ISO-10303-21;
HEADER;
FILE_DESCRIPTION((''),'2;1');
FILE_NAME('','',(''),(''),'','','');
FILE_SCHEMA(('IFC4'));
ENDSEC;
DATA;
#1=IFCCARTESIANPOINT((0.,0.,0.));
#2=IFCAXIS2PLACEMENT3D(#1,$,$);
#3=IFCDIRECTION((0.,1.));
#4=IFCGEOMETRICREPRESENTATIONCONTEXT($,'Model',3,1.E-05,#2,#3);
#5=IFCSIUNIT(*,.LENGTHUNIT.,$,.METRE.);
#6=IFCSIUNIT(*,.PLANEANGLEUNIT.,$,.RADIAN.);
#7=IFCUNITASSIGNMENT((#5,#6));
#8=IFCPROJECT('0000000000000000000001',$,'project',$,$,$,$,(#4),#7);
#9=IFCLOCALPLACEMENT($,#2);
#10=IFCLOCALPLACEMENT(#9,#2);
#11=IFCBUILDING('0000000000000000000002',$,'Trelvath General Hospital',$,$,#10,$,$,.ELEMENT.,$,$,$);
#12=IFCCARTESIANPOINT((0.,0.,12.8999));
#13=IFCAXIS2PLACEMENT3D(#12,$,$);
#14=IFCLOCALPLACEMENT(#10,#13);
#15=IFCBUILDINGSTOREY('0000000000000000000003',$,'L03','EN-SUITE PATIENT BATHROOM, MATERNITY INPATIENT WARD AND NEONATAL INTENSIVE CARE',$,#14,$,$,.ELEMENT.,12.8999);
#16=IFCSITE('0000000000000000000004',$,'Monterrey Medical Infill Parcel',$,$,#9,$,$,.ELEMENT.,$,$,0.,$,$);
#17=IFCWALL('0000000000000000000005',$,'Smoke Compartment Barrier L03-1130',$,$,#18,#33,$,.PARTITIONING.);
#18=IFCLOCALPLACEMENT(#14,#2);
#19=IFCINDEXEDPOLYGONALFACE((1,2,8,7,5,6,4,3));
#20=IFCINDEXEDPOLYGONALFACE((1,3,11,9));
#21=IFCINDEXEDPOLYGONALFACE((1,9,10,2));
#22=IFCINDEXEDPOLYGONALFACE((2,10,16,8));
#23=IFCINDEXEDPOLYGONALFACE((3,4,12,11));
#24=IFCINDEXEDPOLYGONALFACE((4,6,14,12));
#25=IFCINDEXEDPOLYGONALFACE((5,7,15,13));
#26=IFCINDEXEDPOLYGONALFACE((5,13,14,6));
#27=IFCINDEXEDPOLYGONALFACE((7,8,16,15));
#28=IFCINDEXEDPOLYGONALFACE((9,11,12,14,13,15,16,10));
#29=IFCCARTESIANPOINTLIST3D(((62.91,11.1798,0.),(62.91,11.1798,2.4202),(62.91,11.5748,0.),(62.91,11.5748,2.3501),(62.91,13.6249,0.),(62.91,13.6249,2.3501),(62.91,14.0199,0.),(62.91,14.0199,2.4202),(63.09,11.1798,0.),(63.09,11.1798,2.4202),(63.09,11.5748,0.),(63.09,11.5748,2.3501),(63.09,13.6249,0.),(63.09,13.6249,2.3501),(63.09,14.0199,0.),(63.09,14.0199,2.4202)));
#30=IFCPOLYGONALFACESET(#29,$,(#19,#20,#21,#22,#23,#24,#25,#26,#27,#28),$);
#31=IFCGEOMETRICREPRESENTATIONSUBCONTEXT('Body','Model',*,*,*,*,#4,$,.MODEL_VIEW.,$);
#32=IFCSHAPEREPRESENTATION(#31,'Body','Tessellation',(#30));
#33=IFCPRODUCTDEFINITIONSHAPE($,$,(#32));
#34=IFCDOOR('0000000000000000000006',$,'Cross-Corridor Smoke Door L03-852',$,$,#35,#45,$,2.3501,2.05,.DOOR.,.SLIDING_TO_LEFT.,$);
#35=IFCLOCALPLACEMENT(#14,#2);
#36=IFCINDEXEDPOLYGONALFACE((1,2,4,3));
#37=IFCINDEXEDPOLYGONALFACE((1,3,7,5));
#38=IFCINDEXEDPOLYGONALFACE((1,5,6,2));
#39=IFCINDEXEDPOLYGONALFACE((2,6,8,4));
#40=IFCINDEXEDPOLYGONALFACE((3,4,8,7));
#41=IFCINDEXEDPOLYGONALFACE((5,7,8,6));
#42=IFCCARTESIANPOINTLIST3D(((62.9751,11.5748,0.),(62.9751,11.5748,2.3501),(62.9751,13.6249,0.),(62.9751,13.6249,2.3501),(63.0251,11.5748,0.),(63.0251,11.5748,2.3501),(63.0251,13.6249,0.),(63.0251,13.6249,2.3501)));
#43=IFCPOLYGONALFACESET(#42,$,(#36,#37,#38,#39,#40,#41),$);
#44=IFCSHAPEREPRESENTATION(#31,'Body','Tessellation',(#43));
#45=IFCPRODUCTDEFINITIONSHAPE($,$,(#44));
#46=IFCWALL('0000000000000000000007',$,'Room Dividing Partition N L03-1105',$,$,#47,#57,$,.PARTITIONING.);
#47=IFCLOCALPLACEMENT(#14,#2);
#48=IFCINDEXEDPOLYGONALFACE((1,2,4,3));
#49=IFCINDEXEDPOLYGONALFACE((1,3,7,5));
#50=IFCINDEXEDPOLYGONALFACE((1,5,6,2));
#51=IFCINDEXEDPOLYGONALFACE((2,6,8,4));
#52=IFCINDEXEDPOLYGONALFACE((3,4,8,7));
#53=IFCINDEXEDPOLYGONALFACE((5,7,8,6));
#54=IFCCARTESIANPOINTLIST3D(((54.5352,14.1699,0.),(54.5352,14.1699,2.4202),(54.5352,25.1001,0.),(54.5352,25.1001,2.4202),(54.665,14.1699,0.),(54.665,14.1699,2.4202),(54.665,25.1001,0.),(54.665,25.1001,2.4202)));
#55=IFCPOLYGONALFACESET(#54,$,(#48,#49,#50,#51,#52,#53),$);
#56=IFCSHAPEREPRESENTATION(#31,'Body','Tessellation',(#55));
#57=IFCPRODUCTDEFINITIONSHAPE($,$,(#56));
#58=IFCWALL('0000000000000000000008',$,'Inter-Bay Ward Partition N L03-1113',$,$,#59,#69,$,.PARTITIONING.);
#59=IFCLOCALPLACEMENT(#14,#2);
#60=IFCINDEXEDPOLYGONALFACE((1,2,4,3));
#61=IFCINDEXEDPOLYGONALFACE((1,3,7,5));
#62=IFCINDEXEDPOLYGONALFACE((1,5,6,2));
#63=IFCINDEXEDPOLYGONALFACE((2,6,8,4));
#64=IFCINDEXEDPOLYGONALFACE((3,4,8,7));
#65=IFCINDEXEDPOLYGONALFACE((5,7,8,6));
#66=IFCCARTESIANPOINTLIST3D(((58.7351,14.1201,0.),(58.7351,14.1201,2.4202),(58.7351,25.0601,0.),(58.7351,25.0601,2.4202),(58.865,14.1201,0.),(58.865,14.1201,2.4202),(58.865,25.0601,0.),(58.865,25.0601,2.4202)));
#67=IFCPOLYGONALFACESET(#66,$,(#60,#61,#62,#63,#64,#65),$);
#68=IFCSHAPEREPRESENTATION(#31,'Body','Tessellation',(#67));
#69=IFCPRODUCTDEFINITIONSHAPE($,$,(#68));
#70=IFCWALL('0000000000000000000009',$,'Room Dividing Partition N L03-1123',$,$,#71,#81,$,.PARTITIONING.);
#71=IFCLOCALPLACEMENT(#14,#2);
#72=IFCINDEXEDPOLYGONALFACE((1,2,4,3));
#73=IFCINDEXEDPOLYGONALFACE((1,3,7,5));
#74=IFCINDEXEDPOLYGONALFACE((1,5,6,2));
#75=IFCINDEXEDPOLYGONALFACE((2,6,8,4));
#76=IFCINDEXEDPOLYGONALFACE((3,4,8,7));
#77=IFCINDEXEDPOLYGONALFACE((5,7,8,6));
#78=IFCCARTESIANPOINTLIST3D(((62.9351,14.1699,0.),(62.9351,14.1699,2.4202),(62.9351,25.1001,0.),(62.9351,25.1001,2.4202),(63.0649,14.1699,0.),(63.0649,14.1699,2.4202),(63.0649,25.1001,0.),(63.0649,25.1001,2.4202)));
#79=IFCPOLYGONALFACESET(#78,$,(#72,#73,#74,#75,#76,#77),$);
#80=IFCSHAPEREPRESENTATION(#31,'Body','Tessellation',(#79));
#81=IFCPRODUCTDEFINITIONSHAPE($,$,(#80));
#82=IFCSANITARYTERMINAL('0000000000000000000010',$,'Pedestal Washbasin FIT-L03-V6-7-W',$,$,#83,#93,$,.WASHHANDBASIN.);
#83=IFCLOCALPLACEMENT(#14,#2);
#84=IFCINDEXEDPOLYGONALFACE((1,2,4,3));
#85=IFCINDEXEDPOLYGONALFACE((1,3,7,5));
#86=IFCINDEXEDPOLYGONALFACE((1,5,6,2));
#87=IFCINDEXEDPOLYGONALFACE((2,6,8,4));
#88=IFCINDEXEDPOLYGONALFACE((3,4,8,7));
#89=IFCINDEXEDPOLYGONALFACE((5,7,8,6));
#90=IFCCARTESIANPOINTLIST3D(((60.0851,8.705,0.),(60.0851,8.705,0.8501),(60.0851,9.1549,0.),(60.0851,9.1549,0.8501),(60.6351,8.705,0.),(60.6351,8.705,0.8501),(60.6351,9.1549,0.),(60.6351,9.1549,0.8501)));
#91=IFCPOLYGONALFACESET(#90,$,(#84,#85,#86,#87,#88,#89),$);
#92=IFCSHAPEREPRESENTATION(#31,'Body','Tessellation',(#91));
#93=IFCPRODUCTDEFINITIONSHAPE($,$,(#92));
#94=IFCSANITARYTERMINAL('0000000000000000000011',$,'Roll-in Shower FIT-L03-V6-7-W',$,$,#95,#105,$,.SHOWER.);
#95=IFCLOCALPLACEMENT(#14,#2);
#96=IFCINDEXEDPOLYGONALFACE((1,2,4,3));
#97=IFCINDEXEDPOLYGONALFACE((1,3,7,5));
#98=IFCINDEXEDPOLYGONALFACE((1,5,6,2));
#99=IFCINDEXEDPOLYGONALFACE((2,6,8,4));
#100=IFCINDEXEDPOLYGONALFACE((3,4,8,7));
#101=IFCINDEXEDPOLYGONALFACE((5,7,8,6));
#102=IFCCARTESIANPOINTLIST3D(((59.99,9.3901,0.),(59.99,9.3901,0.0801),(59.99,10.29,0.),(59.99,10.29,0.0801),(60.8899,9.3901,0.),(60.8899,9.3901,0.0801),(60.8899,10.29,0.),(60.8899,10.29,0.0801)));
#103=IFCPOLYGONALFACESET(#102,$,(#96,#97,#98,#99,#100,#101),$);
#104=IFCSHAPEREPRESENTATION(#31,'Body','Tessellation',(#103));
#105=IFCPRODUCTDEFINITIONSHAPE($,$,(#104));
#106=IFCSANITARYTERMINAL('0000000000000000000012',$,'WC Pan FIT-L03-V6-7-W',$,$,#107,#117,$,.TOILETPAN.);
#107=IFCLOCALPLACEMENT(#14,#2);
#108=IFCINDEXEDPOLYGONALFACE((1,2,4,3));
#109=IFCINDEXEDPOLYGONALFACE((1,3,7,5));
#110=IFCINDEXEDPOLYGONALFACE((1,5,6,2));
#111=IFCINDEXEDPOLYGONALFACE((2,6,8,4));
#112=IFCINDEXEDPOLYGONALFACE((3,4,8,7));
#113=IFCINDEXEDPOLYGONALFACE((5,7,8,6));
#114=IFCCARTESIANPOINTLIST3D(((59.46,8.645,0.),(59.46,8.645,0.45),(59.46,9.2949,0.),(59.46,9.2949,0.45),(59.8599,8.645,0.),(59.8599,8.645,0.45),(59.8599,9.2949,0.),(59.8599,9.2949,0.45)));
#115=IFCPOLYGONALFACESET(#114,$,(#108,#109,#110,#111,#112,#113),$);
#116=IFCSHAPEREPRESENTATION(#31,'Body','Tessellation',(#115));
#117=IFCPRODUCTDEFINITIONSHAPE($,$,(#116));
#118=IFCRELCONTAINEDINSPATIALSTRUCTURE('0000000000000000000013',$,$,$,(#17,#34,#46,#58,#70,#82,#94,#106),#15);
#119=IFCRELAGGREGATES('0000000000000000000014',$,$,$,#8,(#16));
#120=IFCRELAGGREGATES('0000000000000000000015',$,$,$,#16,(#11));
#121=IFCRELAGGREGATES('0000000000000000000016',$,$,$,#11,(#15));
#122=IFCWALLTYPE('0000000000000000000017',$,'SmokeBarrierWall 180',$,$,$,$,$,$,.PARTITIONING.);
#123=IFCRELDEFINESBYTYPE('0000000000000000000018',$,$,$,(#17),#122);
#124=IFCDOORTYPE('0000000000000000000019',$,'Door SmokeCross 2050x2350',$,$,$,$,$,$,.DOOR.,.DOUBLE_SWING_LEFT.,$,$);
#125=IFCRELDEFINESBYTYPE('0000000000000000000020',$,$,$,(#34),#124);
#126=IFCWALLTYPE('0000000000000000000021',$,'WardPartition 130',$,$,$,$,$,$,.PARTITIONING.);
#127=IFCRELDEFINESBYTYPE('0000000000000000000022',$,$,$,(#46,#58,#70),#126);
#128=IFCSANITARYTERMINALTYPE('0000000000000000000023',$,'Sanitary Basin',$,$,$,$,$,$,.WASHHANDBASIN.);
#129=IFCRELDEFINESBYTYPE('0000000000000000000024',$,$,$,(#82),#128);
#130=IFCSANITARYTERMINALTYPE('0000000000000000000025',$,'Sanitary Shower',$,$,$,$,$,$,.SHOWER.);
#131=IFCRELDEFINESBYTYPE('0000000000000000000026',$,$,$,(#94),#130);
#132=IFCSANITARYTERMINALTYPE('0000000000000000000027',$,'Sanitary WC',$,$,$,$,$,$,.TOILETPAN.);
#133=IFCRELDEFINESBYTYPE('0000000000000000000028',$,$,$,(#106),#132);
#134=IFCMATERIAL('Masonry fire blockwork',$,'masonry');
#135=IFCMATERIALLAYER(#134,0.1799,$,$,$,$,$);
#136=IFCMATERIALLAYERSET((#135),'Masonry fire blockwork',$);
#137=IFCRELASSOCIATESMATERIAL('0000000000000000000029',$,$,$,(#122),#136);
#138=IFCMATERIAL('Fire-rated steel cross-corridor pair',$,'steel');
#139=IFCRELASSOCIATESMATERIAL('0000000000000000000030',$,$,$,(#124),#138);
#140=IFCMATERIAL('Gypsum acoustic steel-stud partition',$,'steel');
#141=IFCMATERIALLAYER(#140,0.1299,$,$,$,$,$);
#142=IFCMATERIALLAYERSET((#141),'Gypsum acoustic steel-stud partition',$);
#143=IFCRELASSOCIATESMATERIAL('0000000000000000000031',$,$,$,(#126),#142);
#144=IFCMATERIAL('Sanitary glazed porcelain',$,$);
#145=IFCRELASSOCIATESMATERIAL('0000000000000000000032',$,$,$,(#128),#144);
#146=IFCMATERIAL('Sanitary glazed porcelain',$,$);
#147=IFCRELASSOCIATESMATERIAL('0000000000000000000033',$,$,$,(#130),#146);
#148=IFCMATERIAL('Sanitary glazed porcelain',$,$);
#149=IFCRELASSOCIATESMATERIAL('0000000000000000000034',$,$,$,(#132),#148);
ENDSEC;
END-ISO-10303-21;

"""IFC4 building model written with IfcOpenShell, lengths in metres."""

from ifc_helpers import new_model, si_unit, direction, frame, frame_2d, origin, origin_2d, place, context, subcontext, project, spatial, rectangle, extrude, material, layer, layer_set, type_object, element, fill, save


model = new_model("IFC4")

# Units and contexts
model_context = context("Model", 3, precision=1e-05, world=origin(), true_north=direction((0.0, 1.0)))
body_context = subcontext(model_context, "Body", "Model", "MODEL_VIEW")
ifc_project = project(units=[si_unit("LENGTHUNIT", "METRE"), si_unit("PLANEANGLEUNIT", "RADIAN")], contexts=[model_context])

# Site, building, storey
site_placement = place(None, origin())
site = spatial("IfcSite", under=ifc_project, at=site_placement, Name="Monterrey Medical Infill Parcel", CompositionType="ELEMENT", RefElevation=0.0)
building_placement = place(site_placement, origin())
building = spatial("IfcBuilding", under=site, at=building_placement, Name="Trelvath General Hospital", CompositionType="ELEMENT")
storey_placement = place(building_placement, frame((0.0, 0.0, 12.8999)))
storey = spatial("IfcBuildingStorey", under=building, at=storey_placement, Name="L03", Description="EN-SUITE PATIENT BATHROOM, MATERNITY INPATIENT WARD AND NEONATAL INTENSIVE CARE", CompositionType="ELEMENT", Elevation=12.8999)

# Wall, opening, door
ifc_material_1 = material(Name="Masonry fire blockwork", Category="masonry")
ifc_layer_1 = layer(ifc_material_1, 0.1799)
ifc_layer_set_1 = layer_set([ifc_layer_1], Name="Masonry fire blockwork")
wall_type_1 = type_object("IfcWallType", Name="SmokeBarrierWall 180", PredefinedType="PARTITIONING", material=ifc_layer_set_1)
wall_1_placement = place(storey_placement, frame((63.0, 11.1799, 0.0), z_axis=(0.0, 0.0, 1.0), x_axis=(0.0, 1.0, 0.0)))
wall_1 = element("IfcWall", 1, at=wall_1_placement, inside=storey, type_object=wall_type_1, Name="Smoke Compartment Barrier L03-1130", PredefinedType="PARTITIONING", context=body_context, shape_type="SweptSolid", body=[
    extrude(rectangle(XDim=2.8401, YDim=0.1799, at=frame_2d((1.4199, 0.0))), origin(), (0.0, 0.0, 1.0), 2.4202),
])
opening_1_placement = place(wall_1_placement, frame((0.395, 0.0, 0.0)))
opening_1 = element("IfcOpeningElement", 2, at=opening_1_placement, cuts=wall_1, PredefinedType="OPENING", context=body_context, shape_type="SweptSolid", body=[
    extrude(rectangle(XDim=2.05, YDim=2.3501, at=frame_2d((1.0249, 1.175))), frame((0.0, 0.0999, 0.0), z_axis=(0.0, -1.0, 0.0), x_axis=(1.0, 0.0, 0.0)), (0.0, 0.0, 1.0), 0.2),
])
ifc_material_2 = material(Name="Fire-rated steel cross-corridor pair", Category="steel")
door_type_1 = type_object("IfcDoorType", Name="Door SmokeCross 2050x2350", OperationType="DOUBLE_SWING_LEFT", PredefinedType="DOOR", material=ifc_material_2)
door_1_placement = place(opening_1_placement, origin())
door_1 = element("IfcDoor", 3, at=door_1_placement, inside=storey, type_object=door_type_1, Name="Cross-Corridor Smoke Door L03-852", OperationType="SLIDING_TO_LEFT", OverallHeight=2.3501, OverallWidth=2.05, PredefinedType="DOOR", context=body_context, shape_type="SweptSolid", body=[
    extrude(rectangle(XDim=2.05, YDim=2.3501, at=frame_2d((1.0249, 1.175))), frame((0.0, 0.0249, 0.0), z_axis=(0.0, -1.0, 0.0), x_axis=(1.0, 0.0, 0.0)), (0.0, 0.0, 1.0), 0.05),
])
fill(opening_1, door_1)

# Walls
ifc_material_3 = material(Name="Gypsum acoustic steel-stud partition", Category="steel")
ifc_layer_2 = layer(ifc_material_3, 0.1299)
ifc_layer_set_2 = layer_set([ifc_layer_2], Name="Gypsum acoustic steel-stud partition")
wall_type_2 = type_object("IfcWallType", Name="WardPartition 130", PredefinedType="PARTITIONING", material=ifc_layer_set_2)
wall_2_placement = place(storey_placement, frame((54.6001, 14.1699, 0.0), z_axis=(0.0, 0.0, 1.0), x_axis=(0.0, 1.0, 0.0)))
element("IfcWall", 4, at=wall_2_placement, inside=storey, type_object=wall_type_2, Name="Room Dividing Partition N L03-1105", PredefinedType="PARTITIONING", context=body_context, shape_type="SweptSolid", body=[
    extrude(rectangle(XDim=10.9302, YDim=0.1299, at=frame_2d((5.4651, 0.0))), origin(), (0.0, 0.0, 1.0), 2.4202),
])
wall_3_placement = place(storey_placement, frame((58.8, 14.1201, 0.0), z_axis=(0.0, 0.0, 1.0), x_axis=(0.0, 1.0, 0.0)))
element("IfcWall", 5, at=wall_3_placement, inside=storey, type_object=wall_type_2, Name="Inter-Bay Ward Partition N L03-1113", PredefinedType="PARTITIONING", context=body_context, shape_type="SweptSolid", body=[
    extrude(rectangle(XDim=10.9399, YDim=0.1299, at=frame_2d((5.47, 0.0))), origin(), (0.0, 0.0, 1.0), 2.4202),
])
wall_4_placement = place(storey_placement, frame((63.0, 14.1699, 0.0), z_axis=(0.0, 0.0, 1.0), x_axis=(0.0, 1.0, 0.0)))
element("IfcWall", 6, at=wall_4_placement, inside=storey, type_object=wall_type_2, Name="Room Dividing Partition N L03-1123", PredefinedType="PARTITIONING", context=body_context, shape_type="SweptSolid", body=[
    extrude(rectangle(XDim=10.9302, YDim=0.1299, at=frame_2d((5.4651, 0.0))), origin(), (0.0, 0.0, 1.0), 2.4202),
])

# Sanitary terminals
ifc_material_4 = material(Name="Sanitary glazed porcelain")
sanitary_terminal_type_1 = type_object("IfcSanitaryTerminalType", Name="Sanitary Basin", PredefinedType="WASHHANDBASIN", material=ifc_material_4)
sanitary_terminal_1_placement = place(storey_placement, frame((60.3601, 8.9299, 0.0), z_axis=(0.0, 0.0, 1.0), x_axis=(1.0, 0.0, 0.0)))
element("IfcSanitaryTerminal", 7, at=sanitary_terminal_1_placement, inside=storey, type_object=sanitary_terminal_type_1, Name="Pedestal Washbasin FIT-L03-V6-7-W", PredefinedType="WASHHANDBASIN", context=body_context, shape_type="SweptSolid", body=[
    extrude(rectangle(XDim=0.55, YDim=0.45, at=origin_2d()), origin(), (0.0, 0.0, 1.0), 0.8501),
])
ifc_material_5 = material(Name="Sanitary glazed porcelain")
sanitary_terminal_type_2 = type_object("IfcSanitaryTerminalType", Name="Sanitary Shower", PredefinedType="SHOWER", material=ifc_material_5)
sanitary_terminal_2_placement = place(storey_placement, frame((60.4399, 9.8401, 0.0), z_axis=(0.0, 0.0, 1.0), x_axis=(1.0, 0.0, 0.0)))
element("IfcSanitaryTerminal", 8, at=sanitary_terminal_2_placement, inside=storey, type_object=sanitary_terminal_type_2, Name="Roll-in Shower FIT-L03-V6-7-W", PredefinedType="SHOWER", context=body_context, shape_type="SweptSolid", body=[
    extrude(rectangle(XDim=0.8999, YDim=0.8999, at=origin_2d()), origin(), (0.0, 0.0, 1.0), 0.0801),
])
ifc_material_6 = material(Name="Sanitary glazed porcelain")
sanitary_terminal_type_3 = type_object("IfcSanitaryTerminalType", Name="Sanitary WC", PredefinedType="TOILETPAN", material=ifc_material_6)
sanitary_terminal_3_placement = place(storey_placement, frame((59.6599, 8.97, 0.0), z_axis=(0.0, 0.0, 1.0), x_axis=(1.0, 0.0, 0.0)))
element("IfcSanitaryTerminal", 9, at=sanitary_terminal_3_placement, inside=storey, type_object=sanitary_terminal_type_3, Name="WC Pan FIT-L03-V6-7-W", PredefinedType="TOILETPAN", context=body_context, shape_type="SweptSolid", body=[
    extrude(rectangle(XDim=0.3999, YDim=0.6499, at=origin_2d()), origin(), (0.0, 0.0, 1.0), 0.45),
])

save(model, "model.ifc")
